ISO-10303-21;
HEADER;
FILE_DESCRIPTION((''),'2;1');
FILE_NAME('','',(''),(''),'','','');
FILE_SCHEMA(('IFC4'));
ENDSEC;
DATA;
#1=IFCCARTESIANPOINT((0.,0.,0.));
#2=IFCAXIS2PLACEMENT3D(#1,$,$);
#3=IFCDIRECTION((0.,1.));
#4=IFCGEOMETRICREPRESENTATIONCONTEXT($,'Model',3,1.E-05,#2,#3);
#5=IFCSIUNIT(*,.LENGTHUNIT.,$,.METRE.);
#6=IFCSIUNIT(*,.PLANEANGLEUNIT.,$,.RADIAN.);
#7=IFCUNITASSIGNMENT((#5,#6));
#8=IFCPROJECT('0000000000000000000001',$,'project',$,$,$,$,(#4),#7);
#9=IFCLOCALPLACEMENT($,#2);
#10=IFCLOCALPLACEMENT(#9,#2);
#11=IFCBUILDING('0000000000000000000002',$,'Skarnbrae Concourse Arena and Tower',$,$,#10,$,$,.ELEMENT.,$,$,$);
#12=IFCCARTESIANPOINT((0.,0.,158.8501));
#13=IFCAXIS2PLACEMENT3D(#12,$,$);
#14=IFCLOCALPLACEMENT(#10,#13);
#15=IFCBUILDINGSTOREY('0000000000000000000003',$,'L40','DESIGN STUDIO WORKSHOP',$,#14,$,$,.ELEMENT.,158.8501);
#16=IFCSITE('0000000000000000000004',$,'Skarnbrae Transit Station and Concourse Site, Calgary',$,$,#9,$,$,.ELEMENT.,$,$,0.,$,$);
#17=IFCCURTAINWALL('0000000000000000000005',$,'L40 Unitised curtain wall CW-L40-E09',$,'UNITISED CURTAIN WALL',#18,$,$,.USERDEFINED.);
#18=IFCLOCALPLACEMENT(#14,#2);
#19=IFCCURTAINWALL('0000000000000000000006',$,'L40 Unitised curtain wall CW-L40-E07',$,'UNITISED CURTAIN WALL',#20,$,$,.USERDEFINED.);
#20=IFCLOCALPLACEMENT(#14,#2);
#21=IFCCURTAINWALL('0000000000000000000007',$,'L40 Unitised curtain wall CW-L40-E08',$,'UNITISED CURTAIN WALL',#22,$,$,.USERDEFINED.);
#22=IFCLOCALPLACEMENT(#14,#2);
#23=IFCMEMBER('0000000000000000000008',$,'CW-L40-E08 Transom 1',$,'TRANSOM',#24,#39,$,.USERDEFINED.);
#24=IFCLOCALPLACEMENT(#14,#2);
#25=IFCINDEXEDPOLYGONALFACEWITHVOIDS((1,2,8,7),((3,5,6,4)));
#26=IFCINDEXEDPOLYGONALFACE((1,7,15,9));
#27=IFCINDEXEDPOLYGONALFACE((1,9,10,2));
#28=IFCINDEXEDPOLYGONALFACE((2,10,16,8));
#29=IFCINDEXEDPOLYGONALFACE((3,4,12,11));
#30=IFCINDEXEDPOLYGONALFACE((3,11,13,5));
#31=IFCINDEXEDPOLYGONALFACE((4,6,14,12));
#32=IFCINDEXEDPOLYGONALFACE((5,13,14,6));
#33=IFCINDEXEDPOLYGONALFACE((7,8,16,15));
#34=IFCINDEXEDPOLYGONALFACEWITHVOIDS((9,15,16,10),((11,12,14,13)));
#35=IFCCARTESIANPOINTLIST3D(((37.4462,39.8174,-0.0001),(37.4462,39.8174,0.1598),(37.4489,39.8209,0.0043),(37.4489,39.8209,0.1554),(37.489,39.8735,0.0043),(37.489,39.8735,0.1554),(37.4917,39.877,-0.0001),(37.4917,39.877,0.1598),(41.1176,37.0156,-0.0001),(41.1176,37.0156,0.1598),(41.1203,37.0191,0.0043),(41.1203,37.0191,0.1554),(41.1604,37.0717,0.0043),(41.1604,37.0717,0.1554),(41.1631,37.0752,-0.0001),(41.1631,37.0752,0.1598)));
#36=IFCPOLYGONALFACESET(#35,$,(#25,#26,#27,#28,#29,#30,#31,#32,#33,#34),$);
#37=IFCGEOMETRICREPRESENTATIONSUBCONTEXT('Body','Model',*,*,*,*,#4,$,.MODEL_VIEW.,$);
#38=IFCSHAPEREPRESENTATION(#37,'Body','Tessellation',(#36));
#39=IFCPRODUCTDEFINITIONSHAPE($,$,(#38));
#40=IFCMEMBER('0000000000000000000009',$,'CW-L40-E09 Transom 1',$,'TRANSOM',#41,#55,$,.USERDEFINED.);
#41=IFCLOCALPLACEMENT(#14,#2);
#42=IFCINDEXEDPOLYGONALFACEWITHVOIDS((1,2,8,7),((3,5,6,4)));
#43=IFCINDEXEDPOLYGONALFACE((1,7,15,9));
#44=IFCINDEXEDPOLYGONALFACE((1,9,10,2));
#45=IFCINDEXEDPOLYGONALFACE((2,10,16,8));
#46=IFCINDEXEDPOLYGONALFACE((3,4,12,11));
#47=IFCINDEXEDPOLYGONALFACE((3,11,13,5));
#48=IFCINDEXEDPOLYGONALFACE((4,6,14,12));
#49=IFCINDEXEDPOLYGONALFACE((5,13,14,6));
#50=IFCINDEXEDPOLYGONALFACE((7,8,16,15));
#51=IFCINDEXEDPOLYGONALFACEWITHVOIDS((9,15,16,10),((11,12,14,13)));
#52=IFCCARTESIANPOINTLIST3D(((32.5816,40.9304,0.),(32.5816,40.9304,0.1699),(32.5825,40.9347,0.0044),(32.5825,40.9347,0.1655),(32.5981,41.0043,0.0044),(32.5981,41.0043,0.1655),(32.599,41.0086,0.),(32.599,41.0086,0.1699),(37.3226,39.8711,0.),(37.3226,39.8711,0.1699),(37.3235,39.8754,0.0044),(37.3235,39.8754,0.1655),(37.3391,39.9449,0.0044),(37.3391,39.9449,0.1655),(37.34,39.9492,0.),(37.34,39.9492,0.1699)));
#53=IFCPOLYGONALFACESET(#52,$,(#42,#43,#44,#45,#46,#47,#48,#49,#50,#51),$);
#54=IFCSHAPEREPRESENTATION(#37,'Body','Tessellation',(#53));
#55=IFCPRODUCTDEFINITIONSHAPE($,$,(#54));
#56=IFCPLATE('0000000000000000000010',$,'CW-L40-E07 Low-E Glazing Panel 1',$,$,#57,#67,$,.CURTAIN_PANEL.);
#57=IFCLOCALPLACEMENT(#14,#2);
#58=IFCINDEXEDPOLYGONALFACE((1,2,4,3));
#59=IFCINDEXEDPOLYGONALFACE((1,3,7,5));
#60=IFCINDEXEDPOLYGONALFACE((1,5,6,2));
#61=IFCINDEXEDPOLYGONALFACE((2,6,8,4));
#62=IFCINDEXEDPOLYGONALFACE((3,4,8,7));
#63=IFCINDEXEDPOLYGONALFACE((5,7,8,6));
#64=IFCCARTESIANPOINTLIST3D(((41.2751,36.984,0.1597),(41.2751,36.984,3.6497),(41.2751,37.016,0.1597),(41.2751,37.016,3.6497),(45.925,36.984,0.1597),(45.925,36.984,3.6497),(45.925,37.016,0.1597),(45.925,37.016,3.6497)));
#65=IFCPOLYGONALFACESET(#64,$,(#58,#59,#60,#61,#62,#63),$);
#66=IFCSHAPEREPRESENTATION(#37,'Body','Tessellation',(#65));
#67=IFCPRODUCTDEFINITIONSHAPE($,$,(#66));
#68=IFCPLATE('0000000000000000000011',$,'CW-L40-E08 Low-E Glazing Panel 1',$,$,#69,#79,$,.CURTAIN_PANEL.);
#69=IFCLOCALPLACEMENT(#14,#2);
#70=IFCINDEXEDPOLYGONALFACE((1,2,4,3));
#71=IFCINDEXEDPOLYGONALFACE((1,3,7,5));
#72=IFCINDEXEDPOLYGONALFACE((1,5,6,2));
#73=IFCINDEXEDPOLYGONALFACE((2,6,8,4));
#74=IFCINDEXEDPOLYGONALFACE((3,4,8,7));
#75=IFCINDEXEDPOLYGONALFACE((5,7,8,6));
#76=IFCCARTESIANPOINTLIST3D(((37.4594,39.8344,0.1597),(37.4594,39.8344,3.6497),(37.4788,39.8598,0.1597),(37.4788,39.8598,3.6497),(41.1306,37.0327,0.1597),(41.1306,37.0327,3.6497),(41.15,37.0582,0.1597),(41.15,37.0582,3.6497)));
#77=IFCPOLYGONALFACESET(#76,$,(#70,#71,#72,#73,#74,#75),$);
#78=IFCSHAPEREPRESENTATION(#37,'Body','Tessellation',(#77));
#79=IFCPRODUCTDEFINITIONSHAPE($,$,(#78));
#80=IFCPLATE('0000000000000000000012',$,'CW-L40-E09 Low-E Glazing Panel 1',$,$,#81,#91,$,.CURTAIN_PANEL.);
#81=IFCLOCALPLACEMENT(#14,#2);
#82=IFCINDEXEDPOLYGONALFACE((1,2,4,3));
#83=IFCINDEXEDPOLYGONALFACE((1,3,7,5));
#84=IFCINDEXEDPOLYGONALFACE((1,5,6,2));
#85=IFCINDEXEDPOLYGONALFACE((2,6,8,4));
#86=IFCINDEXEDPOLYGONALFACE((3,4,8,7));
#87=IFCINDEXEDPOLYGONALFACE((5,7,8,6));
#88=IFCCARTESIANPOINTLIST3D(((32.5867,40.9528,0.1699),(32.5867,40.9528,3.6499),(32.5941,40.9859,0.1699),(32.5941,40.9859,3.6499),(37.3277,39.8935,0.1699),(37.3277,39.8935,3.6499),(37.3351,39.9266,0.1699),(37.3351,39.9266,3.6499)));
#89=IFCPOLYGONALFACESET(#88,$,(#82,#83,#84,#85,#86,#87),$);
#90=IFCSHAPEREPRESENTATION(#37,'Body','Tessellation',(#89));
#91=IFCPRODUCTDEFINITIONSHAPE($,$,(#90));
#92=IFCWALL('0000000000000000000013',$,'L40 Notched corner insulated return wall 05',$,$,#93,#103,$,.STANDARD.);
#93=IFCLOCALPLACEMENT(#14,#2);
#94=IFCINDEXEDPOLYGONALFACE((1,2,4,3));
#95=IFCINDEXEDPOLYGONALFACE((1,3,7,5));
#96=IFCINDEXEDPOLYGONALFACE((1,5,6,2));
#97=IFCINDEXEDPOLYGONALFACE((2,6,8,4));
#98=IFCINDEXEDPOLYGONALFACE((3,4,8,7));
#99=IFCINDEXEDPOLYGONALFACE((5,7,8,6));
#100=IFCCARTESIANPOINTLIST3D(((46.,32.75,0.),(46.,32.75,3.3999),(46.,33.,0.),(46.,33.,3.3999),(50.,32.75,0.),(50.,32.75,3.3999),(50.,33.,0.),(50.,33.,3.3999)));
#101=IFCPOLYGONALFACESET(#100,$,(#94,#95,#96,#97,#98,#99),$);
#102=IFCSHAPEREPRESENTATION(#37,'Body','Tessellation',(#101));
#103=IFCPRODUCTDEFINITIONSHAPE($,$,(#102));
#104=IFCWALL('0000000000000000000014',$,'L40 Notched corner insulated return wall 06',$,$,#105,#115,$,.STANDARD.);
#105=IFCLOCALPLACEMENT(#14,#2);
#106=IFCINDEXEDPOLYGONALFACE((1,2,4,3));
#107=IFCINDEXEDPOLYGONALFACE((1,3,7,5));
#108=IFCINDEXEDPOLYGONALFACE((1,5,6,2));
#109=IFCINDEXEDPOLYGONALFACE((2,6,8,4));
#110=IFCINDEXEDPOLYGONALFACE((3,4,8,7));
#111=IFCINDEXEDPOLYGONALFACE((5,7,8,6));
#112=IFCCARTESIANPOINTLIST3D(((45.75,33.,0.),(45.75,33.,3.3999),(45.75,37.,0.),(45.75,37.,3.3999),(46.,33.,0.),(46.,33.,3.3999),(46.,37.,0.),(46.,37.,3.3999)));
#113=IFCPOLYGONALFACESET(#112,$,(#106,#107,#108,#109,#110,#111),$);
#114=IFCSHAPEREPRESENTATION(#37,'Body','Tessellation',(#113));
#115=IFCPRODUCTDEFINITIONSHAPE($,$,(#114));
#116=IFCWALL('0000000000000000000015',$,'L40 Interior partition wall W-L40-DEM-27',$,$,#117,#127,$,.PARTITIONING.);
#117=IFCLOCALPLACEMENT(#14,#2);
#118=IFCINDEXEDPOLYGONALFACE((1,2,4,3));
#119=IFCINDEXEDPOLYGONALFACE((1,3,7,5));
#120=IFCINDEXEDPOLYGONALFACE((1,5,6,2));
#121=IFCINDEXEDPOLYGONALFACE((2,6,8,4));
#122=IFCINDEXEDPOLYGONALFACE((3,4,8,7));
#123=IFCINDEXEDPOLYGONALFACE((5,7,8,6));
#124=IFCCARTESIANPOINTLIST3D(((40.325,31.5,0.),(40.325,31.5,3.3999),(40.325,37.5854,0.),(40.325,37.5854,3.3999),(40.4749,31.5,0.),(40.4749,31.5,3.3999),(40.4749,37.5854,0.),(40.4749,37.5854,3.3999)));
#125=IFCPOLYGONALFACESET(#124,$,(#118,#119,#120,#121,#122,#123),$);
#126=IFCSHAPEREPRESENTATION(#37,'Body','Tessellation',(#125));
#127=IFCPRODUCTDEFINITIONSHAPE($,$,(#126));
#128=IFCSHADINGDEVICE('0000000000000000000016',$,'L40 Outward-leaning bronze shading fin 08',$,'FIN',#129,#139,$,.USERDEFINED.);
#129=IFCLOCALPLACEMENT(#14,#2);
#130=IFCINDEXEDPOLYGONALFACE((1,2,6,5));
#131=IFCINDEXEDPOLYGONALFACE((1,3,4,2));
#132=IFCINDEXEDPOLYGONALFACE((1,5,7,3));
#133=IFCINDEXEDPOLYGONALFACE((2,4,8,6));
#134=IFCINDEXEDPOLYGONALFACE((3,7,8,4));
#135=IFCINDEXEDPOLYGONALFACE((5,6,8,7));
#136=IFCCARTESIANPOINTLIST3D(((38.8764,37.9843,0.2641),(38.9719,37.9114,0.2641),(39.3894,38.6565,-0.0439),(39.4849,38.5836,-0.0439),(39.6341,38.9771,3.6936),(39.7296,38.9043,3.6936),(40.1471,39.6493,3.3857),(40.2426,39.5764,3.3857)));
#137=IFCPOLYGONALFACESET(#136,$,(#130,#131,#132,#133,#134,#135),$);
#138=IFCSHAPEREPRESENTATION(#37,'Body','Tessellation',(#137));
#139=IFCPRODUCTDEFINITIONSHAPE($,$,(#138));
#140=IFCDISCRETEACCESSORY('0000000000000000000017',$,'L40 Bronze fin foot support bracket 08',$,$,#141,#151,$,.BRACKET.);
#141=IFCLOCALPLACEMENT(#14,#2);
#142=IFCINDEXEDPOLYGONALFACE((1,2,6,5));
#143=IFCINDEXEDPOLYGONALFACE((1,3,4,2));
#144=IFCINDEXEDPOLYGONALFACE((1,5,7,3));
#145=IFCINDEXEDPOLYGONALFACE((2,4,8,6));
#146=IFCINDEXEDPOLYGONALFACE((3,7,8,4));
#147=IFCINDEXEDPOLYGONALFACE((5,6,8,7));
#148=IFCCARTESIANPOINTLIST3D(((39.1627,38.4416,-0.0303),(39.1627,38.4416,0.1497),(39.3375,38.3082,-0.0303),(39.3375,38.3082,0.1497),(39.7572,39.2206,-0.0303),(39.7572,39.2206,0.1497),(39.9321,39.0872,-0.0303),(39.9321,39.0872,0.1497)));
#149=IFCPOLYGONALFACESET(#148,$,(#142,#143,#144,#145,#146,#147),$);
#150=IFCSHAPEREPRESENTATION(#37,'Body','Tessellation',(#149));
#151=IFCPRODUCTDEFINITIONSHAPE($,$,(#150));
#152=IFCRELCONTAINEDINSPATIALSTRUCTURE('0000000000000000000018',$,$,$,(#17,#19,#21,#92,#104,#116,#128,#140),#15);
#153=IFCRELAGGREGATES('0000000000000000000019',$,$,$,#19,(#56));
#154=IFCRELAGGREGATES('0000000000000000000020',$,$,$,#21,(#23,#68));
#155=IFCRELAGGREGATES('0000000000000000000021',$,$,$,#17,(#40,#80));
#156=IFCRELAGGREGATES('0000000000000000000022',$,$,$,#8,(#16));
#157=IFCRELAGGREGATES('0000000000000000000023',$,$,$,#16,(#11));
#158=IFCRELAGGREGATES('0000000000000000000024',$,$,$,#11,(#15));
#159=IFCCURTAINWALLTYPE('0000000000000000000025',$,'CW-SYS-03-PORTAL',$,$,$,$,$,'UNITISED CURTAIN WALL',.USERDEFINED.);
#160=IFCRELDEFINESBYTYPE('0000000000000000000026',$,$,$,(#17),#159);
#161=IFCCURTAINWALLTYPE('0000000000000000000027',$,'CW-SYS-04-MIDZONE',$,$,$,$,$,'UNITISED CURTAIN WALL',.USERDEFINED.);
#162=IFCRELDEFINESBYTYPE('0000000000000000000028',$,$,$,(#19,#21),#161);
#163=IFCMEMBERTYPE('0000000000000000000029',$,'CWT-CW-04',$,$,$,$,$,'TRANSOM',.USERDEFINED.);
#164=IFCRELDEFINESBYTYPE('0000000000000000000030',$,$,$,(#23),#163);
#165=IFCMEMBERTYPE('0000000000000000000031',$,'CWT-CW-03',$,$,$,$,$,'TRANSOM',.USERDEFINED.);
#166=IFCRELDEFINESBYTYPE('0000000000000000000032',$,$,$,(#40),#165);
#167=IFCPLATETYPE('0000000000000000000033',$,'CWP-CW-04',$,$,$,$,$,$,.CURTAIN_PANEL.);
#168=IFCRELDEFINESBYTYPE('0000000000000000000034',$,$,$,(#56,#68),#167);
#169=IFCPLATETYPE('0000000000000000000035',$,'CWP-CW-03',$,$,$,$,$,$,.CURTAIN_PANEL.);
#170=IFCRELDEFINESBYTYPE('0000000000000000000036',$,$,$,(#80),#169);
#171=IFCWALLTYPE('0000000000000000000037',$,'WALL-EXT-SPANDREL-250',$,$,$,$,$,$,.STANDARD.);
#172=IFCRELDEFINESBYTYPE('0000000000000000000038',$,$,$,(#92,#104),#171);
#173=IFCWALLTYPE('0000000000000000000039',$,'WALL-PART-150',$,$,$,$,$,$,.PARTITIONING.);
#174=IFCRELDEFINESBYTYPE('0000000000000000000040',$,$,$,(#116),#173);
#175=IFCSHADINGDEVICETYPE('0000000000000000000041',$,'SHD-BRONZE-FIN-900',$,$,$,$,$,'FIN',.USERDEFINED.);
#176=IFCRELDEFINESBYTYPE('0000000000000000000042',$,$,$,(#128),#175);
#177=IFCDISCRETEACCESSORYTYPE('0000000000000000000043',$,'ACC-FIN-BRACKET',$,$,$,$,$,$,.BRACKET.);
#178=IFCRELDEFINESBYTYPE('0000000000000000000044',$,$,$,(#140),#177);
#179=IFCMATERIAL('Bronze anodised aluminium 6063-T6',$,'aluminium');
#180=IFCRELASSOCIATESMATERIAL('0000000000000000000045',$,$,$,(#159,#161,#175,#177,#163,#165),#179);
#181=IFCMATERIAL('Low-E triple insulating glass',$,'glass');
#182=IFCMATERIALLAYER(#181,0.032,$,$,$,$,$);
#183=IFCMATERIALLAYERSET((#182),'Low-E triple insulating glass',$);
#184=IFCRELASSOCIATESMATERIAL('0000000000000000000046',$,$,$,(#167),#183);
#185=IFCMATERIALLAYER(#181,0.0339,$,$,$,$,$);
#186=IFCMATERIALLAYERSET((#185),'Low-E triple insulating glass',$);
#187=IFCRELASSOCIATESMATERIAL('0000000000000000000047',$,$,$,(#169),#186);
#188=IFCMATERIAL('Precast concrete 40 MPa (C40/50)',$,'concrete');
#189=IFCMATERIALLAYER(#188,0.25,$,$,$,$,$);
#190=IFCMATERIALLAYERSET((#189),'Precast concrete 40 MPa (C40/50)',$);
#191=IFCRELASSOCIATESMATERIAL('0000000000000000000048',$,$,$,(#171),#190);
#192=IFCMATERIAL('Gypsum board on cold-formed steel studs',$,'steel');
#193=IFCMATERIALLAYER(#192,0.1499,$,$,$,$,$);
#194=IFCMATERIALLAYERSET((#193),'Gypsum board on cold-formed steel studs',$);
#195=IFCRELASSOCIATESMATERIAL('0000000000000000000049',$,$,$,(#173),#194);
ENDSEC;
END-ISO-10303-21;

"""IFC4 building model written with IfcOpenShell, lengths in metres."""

from ifc_helpers import new_model, si_unit, direction, frame, frame_2d, origin, origin_2d, place, context, subcontext, project, spatial, rectangle, hollow_rectangle, extrude, source, transform, mapped, material, layer, layer_set, material_profile, profile_set, type_object, element, aggregate, save


model = new_model("IFC4")

# Units and contexts
model_context = context("Model", 3, precision=1e-05, world=origin(), true_north=direction((0.0, 1.0)))
body_context = subcontext(model_context, "Body", "Model", "MODEL_VIEW")
ifc_project = project(units=[si_unit("LENGTHUNIT", "METRE"), si_unit("PLANEANGLEUNIT", "RADIAN")], contexts=[model_context])

# Site, building, storey
site_placement = place(None, origin())
site = spatial("IfcSite", under=ifc_project, at=site_placement, Name="Skarnbrae Transit Station and Concourse Site, Calgary", CompositionType="ELEMENT", RefElevation=0.0)
building_placement = place(site_placement, origin())
building = spatial("IfcBuilding", under=site, at=building_placement, Name="Skarnbrae Concourse Arena and Tower", CompositionType="ELEMENT")
storey_placement = place(building_placement, frame((0.0, 0.0, 158.8501)))
storey = spatial("IfcBuildingStorey", under=building, at=storey_placement, Name="L40", Description="DESIGN STUDIO WORKSHOP", CompositionType="ELEMENT", Elevation=158.8501)

# Curtain wall
ifc_material_1 = material(Name="Bronze anodised aluminium 6063-T6", Category="aluminium")
curtain_wall_type_1 = type_object("IfcCurtainWallType", Name="CW-SYS-03-PORTAL", ElementType="UNITISED CURTAIN WALL", PredefinedType="USERDEFINED", material=ifc_material_1)
curtain_wall_1_placement = place(storey_placement, origin())
curtain_wall_1 = element("IfcCurtainWall", 1, at=curtain_wall_1_placement, inside=storey, type_object=curtain_wall_type_1, Name="L40 Unitised curtain wall CW-L40-E09", ObjectType="UNITISED CURTAIN WALL", PredefinedType="USERDEFINED")
curtain_wall_type_2 = type_object("IfcCurtainWallType", Name="CW-SYS-04-MIDZONE", ElementType="UNITISED CURTAIN WALL", PredefinedType="USERDEFINED", material=ifc_material_1)

# Curtain walls
curtain_wall_2_placement = place(storey_placement, origin())
curtain_wall_2 = element("IfcCurtainWall", 2, at=curtain_wall_2_placement, inside=storey, type_object=curtain_wall_type_2, Name="L40 Unitised curtain wall CW-L40-E07", ObjectType="UNITISED CURTAIN WALL", PredefinedType="USERDEFINED")
curtain_wall_3_placement = place(storey_placement, origin())
curtain_wall_3 = element("IfcCurtainWall", 3, at=curtain_wall_3_placement, inside=storey, type_object=curtain_wall_type_2, Name="L40 Unitised curtain wall CW-L40-E08", ObjectType="UNITISED CURTAIN WALL", PredefinedType="USERDEFINED")

# Members
ifc_material_profile_1 = material_profile(ifc_material_1, hollow_rectangle(XDim=0.075, YDim=0.1599, WallThickness=0.0044, at=origin_2d()), Name="ALU-TRAN-75X160")
ifc_profile_set_1 = profile_set([ifc_material_profile_1], Name="Bronze anodised aluminium 6063-T6")
member_type_1 = type_object("IfcMemberType", Name="CWT-CW-04", ElementType="TRANSOM", PredefinedType="USERDEFINED", material=ifc_profile_set_1)
shared_shape_1 = source(origin(), body_context, "Body", "SweptSolid", [
    extrude(hollow_rectangle(XDim=0.075, YDim=0.1599, WallThickness=0.0044, at=origin_2d()), origin(), (0.0, 0.0, 1.0), 4.6184),
])
member_1_placement = place(storey_placement, frame((41.1404, 37.0454, 0.0798), z_axis=(-0.794961, 0.606661, 0.0), x_axis=(-0.606661, -0.794961, 0.0)))
member_1 = element("IfcMember", 4, at=member_1_placement, type_object=member_type_1, Name="CW-L40-E08 Transom 1", ObjectType="TRANSOM", PredefinedType="USERDEFINED", context=body_context, shape_type="MappedRepresentation", body=[
    mapped(shared_shape_1, transform((0.0, 0.0, 0.0))),
])
ifc_material_profile_2 = material_profile(ifc_material_1, hollow_rectangle(XDim=0.0801, YDim=0.1699, WallThickness=0.0044, at=origin_2d()), Name="ALU-TRAN-80X170")
ifc_profile_set_2 = profile_set([ifc_material_profile_2], Name="Bronze anodised aluminium 6063-T6")
member_type_2 = type_object("IfcMemberType", Name="CWT-CW-03", ElementType="TRANSOM", PredefinedType="USERDEFINED", material=ifc_profile_set_2)
shared_shape_2 = source(origin(), body_context, "Body", "SweptSolid", [
    extrude(hollow_rectangle(XDim=0.0801, YDim=0.1699, WallThickness=0.0044, at=origin_2d()), origin(), (0.0, 0.0, 1.0), 4.8579),
])
member_2_placement = place(storey_placement, frame((37.3313, 39.9102, 0.085), z_axis=(-0.975935, 0.218064, 0.0), x_axis=(-0.218064, -0.975935, 0.0)))
member_2 = element("IfcMember", 5, at=member_2_placement, type_object=member_type_2, Name="CW-L40-E09 Transom 1", ObjectType="TRANSOM", PredefinedType="USERDEFINED", context=body_context, shape_type="MappedRepresentation", body=[
    mapped(shared_shape_2, transform((0.0, 0.0, 0.0))),
])

# Plates
ifc_material_2 = material(Name="Low-E triple insulating glass", Category="glass")
ifc_layer_1 = layer(ifc_material_2, 0.032)
ifc_layer_set_1 = layer_set([ifc_layer_1], Name="Low-E triple insulating glass")
plate_type_1 = type_object("IfcPlateType", Name="CWP-CW-04", PredefinedType="CURTAIN_PANEL", material=ifc_layer_set_1)
shared_shape_3 = source(origin(), body_context, "Body", "SweptSolid", [
    extrude(rectangle(XDim=4.6499, YDim=0.032, at=origin_2d()), origin(), (0.0, 0.0, 1.0), 3.49),
])
plate_1_placement = place(storey_placement, frame((43.6001, 37.0, 0.1597), z_axis=(0.0, 0.0, 1.0), x_axis=(-1.0, 0.0, 0.0)))
plate_1 = element("IfcPlate", 6, at=plate_1_placement, type_object=plate_type_1, Name="CW-L40-E07 Low-E Glazing Panel 1", PredefinedType="CURTAIN_PANEL", context=body_context, shape_type="MappedRepresentation", body=[
    mapped(shared_shape_3, transform((0.0, 0.0, 0.0))),
])
aggregate(curtain_wall_2, [plate_1])
shared_shape_4 = source(origin(), body_context, "Body", "SweptSolid", [
    extrude(rectangle(XDim=4.6182, YDim=0.032, at=origin_2d()), origin(), (0.0, 0.0, 1.0), 3.49),
])
plate_2_placement = place(storey_placement, frame((39.3047, 38.4463, 0.1597), z_axis=(0.0, 0.0, 1.0), x_axis=(-0.794956, 0.606667, 0.0)))
plate_2 = element("IfcPlate", 7, at=plate_2_placement, type_object=plate_type_1, Name="CW-L40-E08 Low-E Glazing Panel 1", PredefinedType="CURTAIN_PANEL", context=body_context, shape_type="MappedRepresentation", body=[
    mapped(shared_shape_4, transform((0.0, 0.0, 0.0))),
])
aggregate(curtain_wall_3, [member_1, plate_2])
ifc_layer_2 = layer(ifc_material_2, 0.0339)
ifc_layer_set_2 = layer_set([ifc_layer_2], Name="Low-E triple insulating glass")
plate_type_2 = type_object("IfcPlateType", Name="CWP-CW-03", PredefinedType="CURTAIN_PANEL", material=ifc_layer_set_2)
shared_shape_5 = source(origin(), body_context, "Body", "SweptSolid", [
    extrude(rectangle(XDim=4.8579, YDim=0.0339, at=origin_2d()), origin(), (0.0, 0.0, 1.0), 3.48),
])
plate_3_placement = place(storey_placement, frame((34.9609, 40.4397, 0.1699), z_axis=(0.0, 0.0, 1.0), x_axis=(-0.975936, 0.218056, 0.0)))
plate_3 = element("IfcPlate", 8, at=plate_3_placement, type_object=plate_type_2, Name="CW-L40-E09 Low-E Glazing Panel 1", PredefinedType="CURTAIN_PANEL", context=body_context, shape_type="MappedRepresentation", body=[
    mapped(shared_shape_5, transform((0.0, 0.0, 0.0))),
])
aggregate(curtain_wall_1, [member_2, plate_3])

# Walls
ifc_material_3 = material(Name="Precast concrete 40 MPa (C40/50)", Category="concrete")
ifc_layer_3 = layer(ifc_material_3, 0.25)
ifc_layer_set_3 = layer_set([ifc_layer_3], Name="Precast concrete 40 MPa (C40/50)")
wall_type_1 = type_object("IfcWallType", Name="WALL-EXT-SPANDREL-250", PredefinedType="STANDARD", material=ifc_layer_set_3)
shared_shape_6 = source(origin(), body_context, "Body", "SweptSolid", [
    extrude(rectangle(XDim=4.0, YDim=0.25, at=frame_2d((2.0, 0.0))), origin(), (0.0, 0.0, 1.0), 3.3999),
])
for number, where, z_axis, x_axis, name in (
    (9, (50.0, 32.875, 0.0), (0.0, 0.0, 1.0), (-1.0, 0.0, 0.0), "L40 Notched corner insulated return wall 05"),
    (10, (45.875, 33.0, 0.0), (0.0, 0.0, 1.0), (0.0, 1.0, 0.0), "L40 Notched corner insulated return wall 06"),
):
    element("IfcWall", number, at=place(storey_placement, frame(where, z_axis=z_axis, x_axis=x_axis)), inside=storey, type_object=wall_type_1, Name=name, PredefinedType="STANDARD", context=body_context, shape_type="MappedRepresentation", body=[
        mapped(shared_shape_6, transform((0.0, 0.0, 0.0))),
    ])

# Shared definitions
ifc_material_4 = material(Name="Gypsum board on cold-formed steel studs", Category="steel")

# Wall
ifc_layer_4 = layer(ifc_material_4, 0.1499)
ifc_layer_set_4 = layer_set([ifc_layer_4], Name="Gypsum board on cold-formed steel studs")
wall_type_2 = type_object("IfcWallType", Name="WALL-PART-150", PredefinedType="PARTITIONING", material=ifc_layer_set_4)
shared_shape_7 = source(origin(), body_context, "Body", "SweptSolid", [
    extrude(rectangle(XDim=6.0854, YDim=0.1499, at=frame_2d((3.0427, 0.0))), origin(), (0.0, 0.0, 1.0), 3.3999),
])
wall_1_placement = place(storey_placement, frame((40.3999, 37.5854, 0.0), z_axis=(0.0, 0.0, 1.0), x_axis=(0.0, -1.0, 0.0)))
element("IfcWall", 11, at=wall_1_placement, inside=storey, type_object=wall_type_2, Name="L40 Interior partition wall W-L40-DEM-27", PredefinedType="PARTITIONING", context=body_context, shape_type="MappedRepresentation", body=[
    mapped(shared_shape_7, transform((0.0, 0.0, 0.0))),
])

# Shading device
shading_device_type = type_object("IfcShadingDeviceType", Name="SHD-BRONZE-FIN-900", ElementType="FIN", PredefinedType="USERDEFINED", material=ifc_material_1)
shared_shape_8 = source(origin(), body_context, "Body", "SweptSolid", [
    extrude(rectangle(XDim=0.1201, YDim=0.8999, at=origin_2d()), origin(), (0.0, 0.0, 1.0), 3.6499),
])
shading_device_placement = place(storey_placement, frame((39.1807, 38.2839, 0.1101), z_axis=(0.207592, 0.272021, 0.939633), x_axis=(0.794955, -0.606668, 0.0)))
element("IfcShadingDevice", 12, at=shading_device_placement, inside=storey, type_object=shading_device_type, Name="L40 Outward-leaning bronze shading fin 08", ObjectType="FIN", PredefinedType="USERDEFINED", context=body_context, shape_type="MappedRepresentation", body=[
    mapped(shared_shape_8, transform((0.0, 0.0, 0.0))),
])

# Discrete accessory
discrete_accessory_type = type_object("IfcDiscreteAccessoryType", Name="ACC-FIN-BRACKET", PredefinedType="BRACKET", material=ifc_material_1)
shared_shape_9 = source(origin(), body_context, "Body", "SweptSolid", [
    extrude(rectangle(XDim=0.22, YDim=0.98, at=origin_2d()), origin(), (0.0, 0.0, 1.0), 0.1799),
])
discrete_accessory_placement = place(storey_placement, frame((39.5474, 38.7644, -0.0303), z_axis=(0.0, 0.0, 1.0), x_axis=(0.794955, -0.606668, 0.0)))
element("IfcDiscreteAccessory", 13, at=discrete_accessory_placement, inside=storey, type_object=discrete_accessory_type, Name="L40 Bronze fin foot support bracket 08", PredefinedType="BRACKET", context=body_context, shape_type="MappedRepresentation", body=[
    mapped(shared_shape_9, transform((0.0, 0.0, 0.0))),
])

save(model, "model.ifc")
